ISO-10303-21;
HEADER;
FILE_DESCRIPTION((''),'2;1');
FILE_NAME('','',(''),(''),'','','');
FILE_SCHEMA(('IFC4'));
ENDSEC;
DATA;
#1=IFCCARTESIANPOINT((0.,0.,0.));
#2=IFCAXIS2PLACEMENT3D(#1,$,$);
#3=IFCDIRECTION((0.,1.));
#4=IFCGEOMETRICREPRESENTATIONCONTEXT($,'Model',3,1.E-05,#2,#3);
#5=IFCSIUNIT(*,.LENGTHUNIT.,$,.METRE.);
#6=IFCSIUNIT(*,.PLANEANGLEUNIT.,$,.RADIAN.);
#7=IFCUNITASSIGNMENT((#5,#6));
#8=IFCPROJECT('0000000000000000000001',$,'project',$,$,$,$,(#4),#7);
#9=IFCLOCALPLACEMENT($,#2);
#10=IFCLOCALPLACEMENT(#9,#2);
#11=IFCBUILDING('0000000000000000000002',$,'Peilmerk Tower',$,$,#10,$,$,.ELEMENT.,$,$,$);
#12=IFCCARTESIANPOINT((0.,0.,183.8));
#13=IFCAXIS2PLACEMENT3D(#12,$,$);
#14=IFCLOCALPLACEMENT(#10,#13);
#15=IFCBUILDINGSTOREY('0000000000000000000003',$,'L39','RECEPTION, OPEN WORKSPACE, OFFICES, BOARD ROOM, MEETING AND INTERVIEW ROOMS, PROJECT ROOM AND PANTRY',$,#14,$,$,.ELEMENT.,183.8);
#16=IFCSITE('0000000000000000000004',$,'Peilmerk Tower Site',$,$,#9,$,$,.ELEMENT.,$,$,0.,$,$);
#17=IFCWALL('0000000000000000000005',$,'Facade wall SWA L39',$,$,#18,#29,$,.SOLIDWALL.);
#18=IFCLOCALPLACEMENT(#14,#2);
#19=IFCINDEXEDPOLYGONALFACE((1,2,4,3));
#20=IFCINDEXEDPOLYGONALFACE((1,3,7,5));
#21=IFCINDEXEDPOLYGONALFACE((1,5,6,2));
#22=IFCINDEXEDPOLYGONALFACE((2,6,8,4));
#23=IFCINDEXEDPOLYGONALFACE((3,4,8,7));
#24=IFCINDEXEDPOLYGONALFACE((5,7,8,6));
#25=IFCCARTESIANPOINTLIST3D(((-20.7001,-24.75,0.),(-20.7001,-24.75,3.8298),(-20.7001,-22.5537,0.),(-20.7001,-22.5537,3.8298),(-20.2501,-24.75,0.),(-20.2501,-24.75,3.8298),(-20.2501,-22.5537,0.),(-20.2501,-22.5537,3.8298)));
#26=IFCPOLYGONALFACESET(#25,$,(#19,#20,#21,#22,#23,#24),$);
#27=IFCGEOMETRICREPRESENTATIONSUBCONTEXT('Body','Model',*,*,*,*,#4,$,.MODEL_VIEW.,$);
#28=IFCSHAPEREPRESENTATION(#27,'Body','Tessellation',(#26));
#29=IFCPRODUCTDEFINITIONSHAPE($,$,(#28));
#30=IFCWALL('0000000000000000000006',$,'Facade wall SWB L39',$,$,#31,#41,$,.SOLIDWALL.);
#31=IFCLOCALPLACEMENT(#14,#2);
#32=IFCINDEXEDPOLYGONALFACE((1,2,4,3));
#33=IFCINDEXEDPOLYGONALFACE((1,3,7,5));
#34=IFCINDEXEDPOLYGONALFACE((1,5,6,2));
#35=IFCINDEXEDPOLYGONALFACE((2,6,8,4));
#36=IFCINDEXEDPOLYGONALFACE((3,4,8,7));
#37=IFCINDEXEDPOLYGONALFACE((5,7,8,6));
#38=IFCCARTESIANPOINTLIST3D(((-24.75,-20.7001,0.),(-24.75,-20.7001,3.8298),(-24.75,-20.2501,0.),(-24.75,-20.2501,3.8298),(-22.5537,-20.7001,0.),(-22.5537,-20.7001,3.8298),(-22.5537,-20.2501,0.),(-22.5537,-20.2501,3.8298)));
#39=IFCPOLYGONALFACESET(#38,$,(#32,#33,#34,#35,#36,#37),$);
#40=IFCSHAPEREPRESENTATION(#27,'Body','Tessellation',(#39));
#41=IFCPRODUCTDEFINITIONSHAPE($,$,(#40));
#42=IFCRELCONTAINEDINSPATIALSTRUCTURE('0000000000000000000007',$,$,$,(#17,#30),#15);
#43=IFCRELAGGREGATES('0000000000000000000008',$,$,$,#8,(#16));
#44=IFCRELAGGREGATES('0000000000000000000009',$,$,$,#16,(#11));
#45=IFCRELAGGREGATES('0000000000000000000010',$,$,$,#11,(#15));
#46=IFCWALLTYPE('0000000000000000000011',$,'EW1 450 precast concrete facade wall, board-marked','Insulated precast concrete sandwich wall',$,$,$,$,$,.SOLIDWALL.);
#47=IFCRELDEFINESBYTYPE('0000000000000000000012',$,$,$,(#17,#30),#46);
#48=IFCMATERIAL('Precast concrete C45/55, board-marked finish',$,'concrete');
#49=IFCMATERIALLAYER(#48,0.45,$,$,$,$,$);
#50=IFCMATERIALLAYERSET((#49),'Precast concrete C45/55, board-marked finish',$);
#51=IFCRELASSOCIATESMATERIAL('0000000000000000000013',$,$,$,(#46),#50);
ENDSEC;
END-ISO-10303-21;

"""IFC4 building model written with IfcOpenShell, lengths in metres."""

from ifc_helpers import new_model, si_unit, direction, frame, frame_2d, origin, place, context, subcontext, project, spatial, rectangle, extrude, material, layer, layer_set, type_object, element, save


model = new_model("IFC4")

# Units and contexts
model_context = context("Model", 3, precision=1e-05, world=origin(), true_north=direction((0.0, 1.0)))
body_context = subcontext(model_context, "Body", "Model", "MODEL_VIEW")
ifc_project = project(units=[si_unit("LENGTHUNIT", "METRE"), si_unit("PLANEANGLEUNIT", "RADIAN")], contexts=[model_context])

# Site, building, storey
site_placement = place(None, origin())
site = spatial("IfcSite", under=ifc_project, at=site_placement, Name="Peilmerk Tower Site", CompositionType="ELEMENT", RefElevation=0.0)
building_placement = place(site_placement, origin())
building = spatial("IfcBuilding", under=site, at=building_placement, Name="Peilmerk Tower", CompositionType="ELEMENT")
storey_placement = place(building_placement, frame((0.0, 0.0, 183.8)))
storey = spatial("IfcBuildingStorey", under=building, at=storey_placement, Name="L39", Description="RECEPTION, OPEN WORKSPACE, OFFICES, BOARD ROOM, MEETING AND INTERVIEW ROOMS, PROJECT ROOM AND PANTRY", CompositionType="ELEMENT", Elevation=183.8)

# Shared definitions
ifc_material_1 = material(Name="Precast concrete C45/55, board-marked finish", Category="concrete")
ifc_layer_1 = layer(ifc_material_1, 0.45)
ifc_layer_set_1 = layer_set([ifc_layer_1], Name="Precast concrete C45/55, board-marked finish")
wall_type = type_object("IfcWallType", Name="EW1 450 precast concrete facade wall, board-marked", Description="Insulated precast concrete sandwich wall", PredefinedType="SOLIDWALL", material=ifc_layer_set_1)

# Walls
for number, where, z_axis, x_axis, name in (
    (1, (-20.4751, -22.5537, 0.0), (0.0, 0.0, 1.0), (0.0, -1.0, 0.0), "Facade wall SWA L39"),
    (2, (-22.5537, -20.4751, 0.0), (0.0, 0.0, 1.0), (-1.0, 0.0, 0.0), "Facade wall SWB L39"),
):
    element("IfcWall", number, at=place(storey_placement, frame(where, z_axis=z_axis, x_axis=x_axis)), inside=storey, type_object=wall_type, Name=name, PredefinedType="SOLIDWALL", context=body_context, shape_type="SweptSolid", body=[
        extrude(rectangle(XDim=2.1963, YDim=0.45, at=frame_2d((1.0981, 0.0))), origin(), (0.0, 0.0, 1.0), 3.8298),
    ])

save(model, "model.ifc")
